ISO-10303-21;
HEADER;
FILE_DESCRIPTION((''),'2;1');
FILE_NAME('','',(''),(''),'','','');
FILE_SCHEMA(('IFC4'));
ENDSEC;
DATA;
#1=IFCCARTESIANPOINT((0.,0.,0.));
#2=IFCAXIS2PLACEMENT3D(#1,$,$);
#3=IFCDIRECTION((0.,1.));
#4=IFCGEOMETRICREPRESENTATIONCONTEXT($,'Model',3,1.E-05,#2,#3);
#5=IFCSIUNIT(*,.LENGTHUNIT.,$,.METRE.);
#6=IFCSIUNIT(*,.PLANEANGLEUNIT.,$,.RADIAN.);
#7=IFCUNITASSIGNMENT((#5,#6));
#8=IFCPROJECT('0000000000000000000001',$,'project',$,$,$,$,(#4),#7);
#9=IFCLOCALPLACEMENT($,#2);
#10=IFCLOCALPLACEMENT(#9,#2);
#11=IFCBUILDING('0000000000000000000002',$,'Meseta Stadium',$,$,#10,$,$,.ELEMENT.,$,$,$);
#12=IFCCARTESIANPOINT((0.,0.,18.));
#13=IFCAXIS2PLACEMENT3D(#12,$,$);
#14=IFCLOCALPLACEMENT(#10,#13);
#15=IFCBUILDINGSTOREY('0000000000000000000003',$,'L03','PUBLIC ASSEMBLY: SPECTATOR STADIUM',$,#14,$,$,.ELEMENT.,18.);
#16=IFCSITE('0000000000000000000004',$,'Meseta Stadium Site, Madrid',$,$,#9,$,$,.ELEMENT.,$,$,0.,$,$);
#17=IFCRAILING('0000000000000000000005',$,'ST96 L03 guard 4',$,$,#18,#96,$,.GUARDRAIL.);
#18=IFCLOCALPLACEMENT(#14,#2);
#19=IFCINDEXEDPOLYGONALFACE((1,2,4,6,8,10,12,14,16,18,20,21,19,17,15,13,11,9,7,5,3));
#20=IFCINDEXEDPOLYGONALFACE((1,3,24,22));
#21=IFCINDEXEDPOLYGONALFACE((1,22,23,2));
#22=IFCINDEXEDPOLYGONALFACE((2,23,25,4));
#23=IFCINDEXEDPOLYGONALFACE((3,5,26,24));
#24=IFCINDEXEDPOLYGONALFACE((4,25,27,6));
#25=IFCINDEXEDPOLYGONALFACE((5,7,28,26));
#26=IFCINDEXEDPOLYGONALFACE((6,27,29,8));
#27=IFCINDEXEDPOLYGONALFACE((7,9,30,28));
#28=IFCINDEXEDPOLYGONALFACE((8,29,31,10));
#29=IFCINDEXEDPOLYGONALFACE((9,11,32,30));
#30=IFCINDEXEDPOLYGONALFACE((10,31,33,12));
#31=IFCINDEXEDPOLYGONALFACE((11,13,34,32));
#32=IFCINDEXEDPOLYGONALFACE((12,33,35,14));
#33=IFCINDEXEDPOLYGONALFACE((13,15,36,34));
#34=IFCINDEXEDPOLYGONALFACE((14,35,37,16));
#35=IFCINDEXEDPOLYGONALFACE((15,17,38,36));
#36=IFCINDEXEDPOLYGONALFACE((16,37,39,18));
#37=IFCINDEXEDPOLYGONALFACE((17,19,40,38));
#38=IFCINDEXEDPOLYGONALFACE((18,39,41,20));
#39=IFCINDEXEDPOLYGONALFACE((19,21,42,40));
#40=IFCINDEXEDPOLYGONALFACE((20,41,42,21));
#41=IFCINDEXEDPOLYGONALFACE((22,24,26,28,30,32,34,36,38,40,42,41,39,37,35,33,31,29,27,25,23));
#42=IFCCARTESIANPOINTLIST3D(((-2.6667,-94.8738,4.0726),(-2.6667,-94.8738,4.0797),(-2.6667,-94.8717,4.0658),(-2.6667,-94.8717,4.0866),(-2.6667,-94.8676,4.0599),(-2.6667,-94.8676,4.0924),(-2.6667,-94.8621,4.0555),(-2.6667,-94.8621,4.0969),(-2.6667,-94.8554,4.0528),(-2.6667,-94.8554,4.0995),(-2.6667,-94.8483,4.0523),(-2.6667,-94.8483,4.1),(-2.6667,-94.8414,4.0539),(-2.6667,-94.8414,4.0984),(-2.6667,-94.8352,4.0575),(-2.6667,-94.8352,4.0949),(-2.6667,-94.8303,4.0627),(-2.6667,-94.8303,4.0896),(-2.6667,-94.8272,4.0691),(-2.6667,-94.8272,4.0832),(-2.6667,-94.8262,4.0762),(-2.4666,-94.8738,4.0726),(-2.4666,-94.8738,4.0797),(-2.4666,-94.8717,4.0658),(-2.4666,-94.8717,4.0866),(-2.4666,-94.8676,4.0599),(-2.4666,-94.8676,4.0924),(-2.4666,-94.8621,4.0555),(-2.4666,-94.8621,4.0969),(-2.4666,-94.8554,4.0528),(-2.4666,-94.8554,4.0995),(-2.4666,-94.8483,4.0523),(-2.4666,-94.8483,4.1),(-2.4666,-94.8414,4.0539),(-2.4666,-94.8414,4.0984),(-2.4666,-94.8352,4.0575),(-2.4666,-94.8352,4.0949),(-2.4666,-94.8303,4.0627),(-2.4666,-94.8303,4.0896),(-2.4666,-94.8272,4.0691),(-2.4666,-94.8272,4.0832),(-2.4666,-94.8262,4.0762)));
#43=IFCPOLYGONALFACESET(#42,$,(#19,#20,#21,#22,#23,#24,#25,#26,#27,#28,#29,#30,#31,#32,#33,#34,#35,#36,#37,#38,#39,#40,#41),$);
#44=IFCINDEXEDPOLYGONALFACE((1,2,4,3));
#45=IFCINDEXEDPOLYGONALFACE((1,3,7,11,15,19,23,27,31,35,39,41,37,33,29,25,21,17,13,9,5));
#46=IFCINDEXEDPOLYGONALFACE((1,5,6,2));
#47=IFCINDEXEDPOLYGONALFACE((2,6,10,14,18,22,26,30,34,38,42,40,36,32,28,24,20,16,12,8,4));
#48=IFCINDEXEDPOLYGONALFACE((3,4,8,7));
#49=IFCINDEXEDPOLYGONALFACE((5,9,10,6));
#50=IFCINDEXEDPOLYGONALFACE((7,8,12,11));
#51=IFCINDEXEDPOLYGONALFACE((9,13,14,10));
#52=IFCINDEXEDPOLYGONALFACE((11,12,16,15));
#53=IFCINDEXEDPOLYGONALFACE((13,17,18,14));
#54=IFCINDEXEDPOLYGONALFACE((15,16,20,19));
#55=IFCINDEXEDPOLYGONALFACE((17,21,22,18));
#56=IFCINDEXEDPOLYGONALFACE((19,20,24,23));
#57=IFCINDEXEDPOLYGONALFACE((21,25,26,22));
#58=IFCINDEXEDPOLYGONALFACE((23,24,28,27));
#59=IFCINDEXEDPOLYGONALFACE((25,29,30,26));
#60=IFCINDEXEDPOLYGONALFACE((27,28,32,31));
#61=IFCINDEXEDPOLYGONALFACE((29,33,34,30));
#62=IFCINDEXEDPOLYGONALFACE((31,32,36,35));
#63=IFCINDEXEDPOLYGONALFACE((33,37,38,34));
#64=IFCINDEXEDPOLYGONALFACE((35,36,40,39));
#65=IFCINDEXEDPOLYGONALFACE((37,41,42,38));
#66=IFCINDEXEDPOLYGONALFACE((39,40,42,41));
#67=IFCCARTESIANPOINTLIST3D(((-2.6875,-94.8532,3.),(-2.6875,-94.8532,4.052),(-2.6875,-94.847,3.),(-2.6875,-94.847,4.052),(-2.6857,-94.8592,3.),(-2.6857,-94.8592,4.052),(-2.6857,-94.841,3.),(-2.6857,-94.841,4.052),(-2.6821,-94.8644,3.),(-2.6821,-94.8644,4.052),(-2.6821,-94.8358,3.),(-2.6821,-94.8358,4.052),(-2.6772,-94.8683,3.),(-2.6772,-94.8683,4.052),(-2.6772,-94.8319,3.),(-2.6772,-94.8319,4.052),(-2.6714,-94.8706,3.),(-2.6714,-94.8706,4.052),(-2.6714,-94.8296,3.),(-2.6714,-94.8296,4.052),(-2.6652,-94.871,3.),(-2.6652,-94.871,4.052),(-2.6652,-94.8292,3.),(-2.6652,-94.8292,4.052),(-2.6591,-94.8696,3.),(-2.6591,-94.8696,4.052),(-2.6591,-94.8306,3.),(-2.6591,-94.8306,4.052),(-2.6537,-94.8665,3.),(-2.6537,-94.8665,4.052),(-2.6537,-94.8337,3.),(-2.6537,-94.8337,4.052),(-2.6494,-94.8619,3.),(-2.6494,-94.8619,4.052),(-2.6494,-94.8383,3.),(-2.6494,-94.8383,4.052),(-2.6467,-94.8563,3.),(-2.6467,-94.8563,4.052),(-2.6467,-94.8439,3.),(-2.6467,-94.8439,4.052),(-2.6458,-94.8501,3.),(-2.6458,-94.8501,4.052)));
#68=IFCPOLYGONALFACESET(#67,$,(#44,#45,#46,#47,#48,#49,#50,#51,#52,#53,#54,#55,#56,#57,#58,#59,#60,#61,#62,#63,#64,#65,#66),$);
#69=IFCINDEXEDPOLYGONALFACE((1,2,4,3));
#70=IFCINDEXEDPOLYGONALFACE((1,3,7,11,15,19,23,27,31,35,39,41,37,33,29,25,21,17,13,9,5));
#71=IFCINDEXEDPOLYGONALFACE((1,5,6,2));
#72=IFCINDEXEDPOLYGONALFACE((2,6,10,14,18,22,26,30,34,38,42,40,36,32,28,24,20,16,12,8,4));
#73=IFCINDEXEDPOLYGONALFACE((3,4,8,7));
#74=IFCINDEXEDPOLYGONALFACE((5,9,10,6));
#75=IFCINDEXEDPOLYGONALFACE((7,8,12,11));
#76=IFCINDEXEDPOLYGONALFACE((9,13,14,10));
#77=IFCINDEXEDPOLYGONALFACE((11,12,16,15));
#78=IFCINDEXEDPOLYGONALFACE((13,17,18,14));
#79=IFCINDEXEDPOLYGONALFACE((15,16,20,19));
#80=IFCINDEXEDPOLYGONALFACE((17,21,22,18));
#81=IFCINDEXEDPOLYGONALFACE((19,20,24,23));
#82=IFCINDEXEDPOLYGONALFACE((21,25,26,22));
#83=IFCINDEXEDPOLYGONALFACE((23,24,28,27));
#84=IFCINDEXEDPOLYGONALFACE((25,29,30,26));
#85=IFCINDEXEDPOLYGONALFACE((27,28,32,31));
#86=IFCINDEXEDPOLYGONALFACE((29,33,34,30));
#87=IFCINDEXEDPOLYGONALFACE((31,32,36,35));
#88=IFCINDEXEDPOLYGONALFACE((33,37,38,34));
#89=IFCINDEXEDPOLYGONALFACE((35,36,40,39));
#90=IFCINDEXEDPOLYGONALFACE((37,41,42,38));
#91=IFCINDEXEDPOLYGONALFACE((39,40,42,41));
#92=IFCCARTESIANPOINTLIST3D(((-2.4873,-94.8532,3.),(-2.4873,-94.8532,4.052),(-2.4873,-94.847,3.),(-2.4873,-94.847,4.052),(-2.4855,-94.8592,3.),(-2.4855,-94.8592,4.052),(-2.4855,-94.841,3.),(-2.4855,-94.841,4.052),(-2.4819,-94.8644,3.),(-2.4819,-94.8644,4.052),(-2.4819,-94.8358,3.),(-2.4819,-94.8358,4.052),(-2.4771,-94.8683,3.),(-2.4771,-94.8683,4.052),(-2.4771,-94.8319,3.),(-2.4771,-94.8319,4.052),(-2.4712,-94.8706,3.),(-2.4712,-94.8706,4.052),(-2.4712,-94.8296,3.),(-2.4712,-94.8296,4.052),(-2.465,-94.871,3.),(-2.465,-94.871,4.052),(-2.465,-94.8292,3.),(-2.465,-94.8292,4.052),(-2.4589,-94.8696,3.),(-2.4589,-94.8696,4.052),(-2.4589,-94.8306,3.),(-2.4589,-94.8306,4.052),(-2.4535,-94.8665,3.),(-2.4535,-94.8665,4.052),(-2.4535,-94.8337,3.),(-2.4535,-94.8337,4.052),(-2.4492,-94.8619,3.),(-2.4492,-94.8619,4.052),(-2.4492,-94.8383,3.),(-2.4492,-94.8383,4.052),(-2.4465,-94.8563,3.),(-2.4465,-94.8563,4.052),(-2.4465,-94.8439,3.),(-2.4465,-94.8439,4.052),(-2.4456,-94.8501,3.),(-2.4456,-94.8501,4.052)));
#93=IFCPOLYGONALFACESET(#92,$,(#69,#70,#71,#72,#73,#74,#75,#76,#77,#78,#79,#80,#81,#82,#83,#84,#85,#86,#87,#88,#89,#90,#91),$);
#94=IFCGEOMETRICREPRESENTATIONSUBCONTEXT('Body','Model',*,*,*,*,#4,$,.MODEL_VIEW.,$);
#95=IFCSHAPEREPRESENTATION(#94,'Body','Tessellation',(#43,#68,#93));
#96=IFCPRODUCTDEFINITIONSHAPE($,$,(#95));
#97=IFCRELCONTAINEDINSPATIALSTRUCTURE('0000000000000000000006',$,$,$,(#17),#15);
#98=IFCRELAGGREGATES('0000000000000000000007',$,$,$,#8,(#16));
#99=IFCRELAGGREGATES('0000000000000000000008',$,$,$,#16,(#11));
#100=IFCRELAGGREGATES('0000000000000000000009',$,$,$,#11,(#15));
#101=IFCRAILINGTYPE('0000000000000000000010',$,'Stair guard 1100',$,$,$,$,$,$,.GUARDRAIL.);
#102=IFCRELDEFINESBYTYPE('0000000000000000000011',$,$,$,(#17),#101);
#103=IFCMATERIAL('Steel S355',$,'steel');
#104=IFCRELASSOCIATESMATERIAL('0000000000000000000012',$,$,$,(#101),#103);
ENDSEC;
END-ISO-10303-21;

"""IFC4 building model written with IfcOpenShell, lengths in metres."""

from ifc_helpers import new_model, si_unit, direction, frame, origin, origin_2d, place, context, subcontext, project, spatial, circle, extrude, material, type_object, element, save


model = new_model("IFC4")

# Units and contexts
model_context = context("Model", 3, precision=1e-05, world=origin(), true_north=direction((0.0, 1.0)))
body_context = subcontext(model_context, "Body", "Model", "MODEL_VIEW")
ifc_project = project(units=[si_unit("LENGTHUNIT", "METRE"), si_unit("PLANEANGLEUNIT", "RADIAN")], contexts=[model_context])

# Site, building, storey
site_placement = place(None, origin())
site = spatial("IfcSite", under=ifc_project, at=site_placement, Name="Meseta Stadium Site, Madrid", CompositionType="ELEMENT", RefElevation=0.0)
building_placement = place(site_placement, origin())
building = spatial("IfcBuilding", under=site, at=building_placement, Name="Meseta Stadium", CompositionType="ELEMENT")
storey_placement = place(building_placement, frame((0.0, 0.0, 18.0)))
storey = spatial("IfcBuildingStorey", under=building, at=storey_placement, Name="L03", Description="PUBLIC ASSEMBLY: SPECTATOR STADIUM", CompositionType="ELEMENT", Elevation=18.0)

# Railing
ifc_material_1 = material(Name="Steel S355", Category="steel")
railing_type_1 = type_object("IfcRailingType", Name="Stair guard 1100", PredefinedType="GUARDRAIL", material=ifc_material_1)
railing_1_placement = place(storey_placement, frame((-2.6667, -94.8501, 3.0)))
element("IfcRailing", 1, at=railing_1_placement, inside=storey, type_object=railing_type_1, Name="ST96 L03 guard 4", PredefinedType="GUARDRAIL", context=body_context, shape_type="SweptSolid", body=[
    extrude(circle(Radius=0.0239, at=origin_2d()), frame((0.0, 0.0, 1.0762), z_axis=(1.0, 0.0, 0.0), x_axis=(0.0, 1.0, 0.0)), (0.0, 0.0, 1.0), 0.2002),
    extrude(circle(Radius=0.021, at=origin_2d()), origin(), (0.0, 0.0, 1.0), 1.052),
    extrude(circle(Radius=0.021, at=origin_2d()), frame((0.2002, 0.0, 0.0)), (0.0, 0.0, 1.0), 1.052),
])

save(model, "model.ifc")
